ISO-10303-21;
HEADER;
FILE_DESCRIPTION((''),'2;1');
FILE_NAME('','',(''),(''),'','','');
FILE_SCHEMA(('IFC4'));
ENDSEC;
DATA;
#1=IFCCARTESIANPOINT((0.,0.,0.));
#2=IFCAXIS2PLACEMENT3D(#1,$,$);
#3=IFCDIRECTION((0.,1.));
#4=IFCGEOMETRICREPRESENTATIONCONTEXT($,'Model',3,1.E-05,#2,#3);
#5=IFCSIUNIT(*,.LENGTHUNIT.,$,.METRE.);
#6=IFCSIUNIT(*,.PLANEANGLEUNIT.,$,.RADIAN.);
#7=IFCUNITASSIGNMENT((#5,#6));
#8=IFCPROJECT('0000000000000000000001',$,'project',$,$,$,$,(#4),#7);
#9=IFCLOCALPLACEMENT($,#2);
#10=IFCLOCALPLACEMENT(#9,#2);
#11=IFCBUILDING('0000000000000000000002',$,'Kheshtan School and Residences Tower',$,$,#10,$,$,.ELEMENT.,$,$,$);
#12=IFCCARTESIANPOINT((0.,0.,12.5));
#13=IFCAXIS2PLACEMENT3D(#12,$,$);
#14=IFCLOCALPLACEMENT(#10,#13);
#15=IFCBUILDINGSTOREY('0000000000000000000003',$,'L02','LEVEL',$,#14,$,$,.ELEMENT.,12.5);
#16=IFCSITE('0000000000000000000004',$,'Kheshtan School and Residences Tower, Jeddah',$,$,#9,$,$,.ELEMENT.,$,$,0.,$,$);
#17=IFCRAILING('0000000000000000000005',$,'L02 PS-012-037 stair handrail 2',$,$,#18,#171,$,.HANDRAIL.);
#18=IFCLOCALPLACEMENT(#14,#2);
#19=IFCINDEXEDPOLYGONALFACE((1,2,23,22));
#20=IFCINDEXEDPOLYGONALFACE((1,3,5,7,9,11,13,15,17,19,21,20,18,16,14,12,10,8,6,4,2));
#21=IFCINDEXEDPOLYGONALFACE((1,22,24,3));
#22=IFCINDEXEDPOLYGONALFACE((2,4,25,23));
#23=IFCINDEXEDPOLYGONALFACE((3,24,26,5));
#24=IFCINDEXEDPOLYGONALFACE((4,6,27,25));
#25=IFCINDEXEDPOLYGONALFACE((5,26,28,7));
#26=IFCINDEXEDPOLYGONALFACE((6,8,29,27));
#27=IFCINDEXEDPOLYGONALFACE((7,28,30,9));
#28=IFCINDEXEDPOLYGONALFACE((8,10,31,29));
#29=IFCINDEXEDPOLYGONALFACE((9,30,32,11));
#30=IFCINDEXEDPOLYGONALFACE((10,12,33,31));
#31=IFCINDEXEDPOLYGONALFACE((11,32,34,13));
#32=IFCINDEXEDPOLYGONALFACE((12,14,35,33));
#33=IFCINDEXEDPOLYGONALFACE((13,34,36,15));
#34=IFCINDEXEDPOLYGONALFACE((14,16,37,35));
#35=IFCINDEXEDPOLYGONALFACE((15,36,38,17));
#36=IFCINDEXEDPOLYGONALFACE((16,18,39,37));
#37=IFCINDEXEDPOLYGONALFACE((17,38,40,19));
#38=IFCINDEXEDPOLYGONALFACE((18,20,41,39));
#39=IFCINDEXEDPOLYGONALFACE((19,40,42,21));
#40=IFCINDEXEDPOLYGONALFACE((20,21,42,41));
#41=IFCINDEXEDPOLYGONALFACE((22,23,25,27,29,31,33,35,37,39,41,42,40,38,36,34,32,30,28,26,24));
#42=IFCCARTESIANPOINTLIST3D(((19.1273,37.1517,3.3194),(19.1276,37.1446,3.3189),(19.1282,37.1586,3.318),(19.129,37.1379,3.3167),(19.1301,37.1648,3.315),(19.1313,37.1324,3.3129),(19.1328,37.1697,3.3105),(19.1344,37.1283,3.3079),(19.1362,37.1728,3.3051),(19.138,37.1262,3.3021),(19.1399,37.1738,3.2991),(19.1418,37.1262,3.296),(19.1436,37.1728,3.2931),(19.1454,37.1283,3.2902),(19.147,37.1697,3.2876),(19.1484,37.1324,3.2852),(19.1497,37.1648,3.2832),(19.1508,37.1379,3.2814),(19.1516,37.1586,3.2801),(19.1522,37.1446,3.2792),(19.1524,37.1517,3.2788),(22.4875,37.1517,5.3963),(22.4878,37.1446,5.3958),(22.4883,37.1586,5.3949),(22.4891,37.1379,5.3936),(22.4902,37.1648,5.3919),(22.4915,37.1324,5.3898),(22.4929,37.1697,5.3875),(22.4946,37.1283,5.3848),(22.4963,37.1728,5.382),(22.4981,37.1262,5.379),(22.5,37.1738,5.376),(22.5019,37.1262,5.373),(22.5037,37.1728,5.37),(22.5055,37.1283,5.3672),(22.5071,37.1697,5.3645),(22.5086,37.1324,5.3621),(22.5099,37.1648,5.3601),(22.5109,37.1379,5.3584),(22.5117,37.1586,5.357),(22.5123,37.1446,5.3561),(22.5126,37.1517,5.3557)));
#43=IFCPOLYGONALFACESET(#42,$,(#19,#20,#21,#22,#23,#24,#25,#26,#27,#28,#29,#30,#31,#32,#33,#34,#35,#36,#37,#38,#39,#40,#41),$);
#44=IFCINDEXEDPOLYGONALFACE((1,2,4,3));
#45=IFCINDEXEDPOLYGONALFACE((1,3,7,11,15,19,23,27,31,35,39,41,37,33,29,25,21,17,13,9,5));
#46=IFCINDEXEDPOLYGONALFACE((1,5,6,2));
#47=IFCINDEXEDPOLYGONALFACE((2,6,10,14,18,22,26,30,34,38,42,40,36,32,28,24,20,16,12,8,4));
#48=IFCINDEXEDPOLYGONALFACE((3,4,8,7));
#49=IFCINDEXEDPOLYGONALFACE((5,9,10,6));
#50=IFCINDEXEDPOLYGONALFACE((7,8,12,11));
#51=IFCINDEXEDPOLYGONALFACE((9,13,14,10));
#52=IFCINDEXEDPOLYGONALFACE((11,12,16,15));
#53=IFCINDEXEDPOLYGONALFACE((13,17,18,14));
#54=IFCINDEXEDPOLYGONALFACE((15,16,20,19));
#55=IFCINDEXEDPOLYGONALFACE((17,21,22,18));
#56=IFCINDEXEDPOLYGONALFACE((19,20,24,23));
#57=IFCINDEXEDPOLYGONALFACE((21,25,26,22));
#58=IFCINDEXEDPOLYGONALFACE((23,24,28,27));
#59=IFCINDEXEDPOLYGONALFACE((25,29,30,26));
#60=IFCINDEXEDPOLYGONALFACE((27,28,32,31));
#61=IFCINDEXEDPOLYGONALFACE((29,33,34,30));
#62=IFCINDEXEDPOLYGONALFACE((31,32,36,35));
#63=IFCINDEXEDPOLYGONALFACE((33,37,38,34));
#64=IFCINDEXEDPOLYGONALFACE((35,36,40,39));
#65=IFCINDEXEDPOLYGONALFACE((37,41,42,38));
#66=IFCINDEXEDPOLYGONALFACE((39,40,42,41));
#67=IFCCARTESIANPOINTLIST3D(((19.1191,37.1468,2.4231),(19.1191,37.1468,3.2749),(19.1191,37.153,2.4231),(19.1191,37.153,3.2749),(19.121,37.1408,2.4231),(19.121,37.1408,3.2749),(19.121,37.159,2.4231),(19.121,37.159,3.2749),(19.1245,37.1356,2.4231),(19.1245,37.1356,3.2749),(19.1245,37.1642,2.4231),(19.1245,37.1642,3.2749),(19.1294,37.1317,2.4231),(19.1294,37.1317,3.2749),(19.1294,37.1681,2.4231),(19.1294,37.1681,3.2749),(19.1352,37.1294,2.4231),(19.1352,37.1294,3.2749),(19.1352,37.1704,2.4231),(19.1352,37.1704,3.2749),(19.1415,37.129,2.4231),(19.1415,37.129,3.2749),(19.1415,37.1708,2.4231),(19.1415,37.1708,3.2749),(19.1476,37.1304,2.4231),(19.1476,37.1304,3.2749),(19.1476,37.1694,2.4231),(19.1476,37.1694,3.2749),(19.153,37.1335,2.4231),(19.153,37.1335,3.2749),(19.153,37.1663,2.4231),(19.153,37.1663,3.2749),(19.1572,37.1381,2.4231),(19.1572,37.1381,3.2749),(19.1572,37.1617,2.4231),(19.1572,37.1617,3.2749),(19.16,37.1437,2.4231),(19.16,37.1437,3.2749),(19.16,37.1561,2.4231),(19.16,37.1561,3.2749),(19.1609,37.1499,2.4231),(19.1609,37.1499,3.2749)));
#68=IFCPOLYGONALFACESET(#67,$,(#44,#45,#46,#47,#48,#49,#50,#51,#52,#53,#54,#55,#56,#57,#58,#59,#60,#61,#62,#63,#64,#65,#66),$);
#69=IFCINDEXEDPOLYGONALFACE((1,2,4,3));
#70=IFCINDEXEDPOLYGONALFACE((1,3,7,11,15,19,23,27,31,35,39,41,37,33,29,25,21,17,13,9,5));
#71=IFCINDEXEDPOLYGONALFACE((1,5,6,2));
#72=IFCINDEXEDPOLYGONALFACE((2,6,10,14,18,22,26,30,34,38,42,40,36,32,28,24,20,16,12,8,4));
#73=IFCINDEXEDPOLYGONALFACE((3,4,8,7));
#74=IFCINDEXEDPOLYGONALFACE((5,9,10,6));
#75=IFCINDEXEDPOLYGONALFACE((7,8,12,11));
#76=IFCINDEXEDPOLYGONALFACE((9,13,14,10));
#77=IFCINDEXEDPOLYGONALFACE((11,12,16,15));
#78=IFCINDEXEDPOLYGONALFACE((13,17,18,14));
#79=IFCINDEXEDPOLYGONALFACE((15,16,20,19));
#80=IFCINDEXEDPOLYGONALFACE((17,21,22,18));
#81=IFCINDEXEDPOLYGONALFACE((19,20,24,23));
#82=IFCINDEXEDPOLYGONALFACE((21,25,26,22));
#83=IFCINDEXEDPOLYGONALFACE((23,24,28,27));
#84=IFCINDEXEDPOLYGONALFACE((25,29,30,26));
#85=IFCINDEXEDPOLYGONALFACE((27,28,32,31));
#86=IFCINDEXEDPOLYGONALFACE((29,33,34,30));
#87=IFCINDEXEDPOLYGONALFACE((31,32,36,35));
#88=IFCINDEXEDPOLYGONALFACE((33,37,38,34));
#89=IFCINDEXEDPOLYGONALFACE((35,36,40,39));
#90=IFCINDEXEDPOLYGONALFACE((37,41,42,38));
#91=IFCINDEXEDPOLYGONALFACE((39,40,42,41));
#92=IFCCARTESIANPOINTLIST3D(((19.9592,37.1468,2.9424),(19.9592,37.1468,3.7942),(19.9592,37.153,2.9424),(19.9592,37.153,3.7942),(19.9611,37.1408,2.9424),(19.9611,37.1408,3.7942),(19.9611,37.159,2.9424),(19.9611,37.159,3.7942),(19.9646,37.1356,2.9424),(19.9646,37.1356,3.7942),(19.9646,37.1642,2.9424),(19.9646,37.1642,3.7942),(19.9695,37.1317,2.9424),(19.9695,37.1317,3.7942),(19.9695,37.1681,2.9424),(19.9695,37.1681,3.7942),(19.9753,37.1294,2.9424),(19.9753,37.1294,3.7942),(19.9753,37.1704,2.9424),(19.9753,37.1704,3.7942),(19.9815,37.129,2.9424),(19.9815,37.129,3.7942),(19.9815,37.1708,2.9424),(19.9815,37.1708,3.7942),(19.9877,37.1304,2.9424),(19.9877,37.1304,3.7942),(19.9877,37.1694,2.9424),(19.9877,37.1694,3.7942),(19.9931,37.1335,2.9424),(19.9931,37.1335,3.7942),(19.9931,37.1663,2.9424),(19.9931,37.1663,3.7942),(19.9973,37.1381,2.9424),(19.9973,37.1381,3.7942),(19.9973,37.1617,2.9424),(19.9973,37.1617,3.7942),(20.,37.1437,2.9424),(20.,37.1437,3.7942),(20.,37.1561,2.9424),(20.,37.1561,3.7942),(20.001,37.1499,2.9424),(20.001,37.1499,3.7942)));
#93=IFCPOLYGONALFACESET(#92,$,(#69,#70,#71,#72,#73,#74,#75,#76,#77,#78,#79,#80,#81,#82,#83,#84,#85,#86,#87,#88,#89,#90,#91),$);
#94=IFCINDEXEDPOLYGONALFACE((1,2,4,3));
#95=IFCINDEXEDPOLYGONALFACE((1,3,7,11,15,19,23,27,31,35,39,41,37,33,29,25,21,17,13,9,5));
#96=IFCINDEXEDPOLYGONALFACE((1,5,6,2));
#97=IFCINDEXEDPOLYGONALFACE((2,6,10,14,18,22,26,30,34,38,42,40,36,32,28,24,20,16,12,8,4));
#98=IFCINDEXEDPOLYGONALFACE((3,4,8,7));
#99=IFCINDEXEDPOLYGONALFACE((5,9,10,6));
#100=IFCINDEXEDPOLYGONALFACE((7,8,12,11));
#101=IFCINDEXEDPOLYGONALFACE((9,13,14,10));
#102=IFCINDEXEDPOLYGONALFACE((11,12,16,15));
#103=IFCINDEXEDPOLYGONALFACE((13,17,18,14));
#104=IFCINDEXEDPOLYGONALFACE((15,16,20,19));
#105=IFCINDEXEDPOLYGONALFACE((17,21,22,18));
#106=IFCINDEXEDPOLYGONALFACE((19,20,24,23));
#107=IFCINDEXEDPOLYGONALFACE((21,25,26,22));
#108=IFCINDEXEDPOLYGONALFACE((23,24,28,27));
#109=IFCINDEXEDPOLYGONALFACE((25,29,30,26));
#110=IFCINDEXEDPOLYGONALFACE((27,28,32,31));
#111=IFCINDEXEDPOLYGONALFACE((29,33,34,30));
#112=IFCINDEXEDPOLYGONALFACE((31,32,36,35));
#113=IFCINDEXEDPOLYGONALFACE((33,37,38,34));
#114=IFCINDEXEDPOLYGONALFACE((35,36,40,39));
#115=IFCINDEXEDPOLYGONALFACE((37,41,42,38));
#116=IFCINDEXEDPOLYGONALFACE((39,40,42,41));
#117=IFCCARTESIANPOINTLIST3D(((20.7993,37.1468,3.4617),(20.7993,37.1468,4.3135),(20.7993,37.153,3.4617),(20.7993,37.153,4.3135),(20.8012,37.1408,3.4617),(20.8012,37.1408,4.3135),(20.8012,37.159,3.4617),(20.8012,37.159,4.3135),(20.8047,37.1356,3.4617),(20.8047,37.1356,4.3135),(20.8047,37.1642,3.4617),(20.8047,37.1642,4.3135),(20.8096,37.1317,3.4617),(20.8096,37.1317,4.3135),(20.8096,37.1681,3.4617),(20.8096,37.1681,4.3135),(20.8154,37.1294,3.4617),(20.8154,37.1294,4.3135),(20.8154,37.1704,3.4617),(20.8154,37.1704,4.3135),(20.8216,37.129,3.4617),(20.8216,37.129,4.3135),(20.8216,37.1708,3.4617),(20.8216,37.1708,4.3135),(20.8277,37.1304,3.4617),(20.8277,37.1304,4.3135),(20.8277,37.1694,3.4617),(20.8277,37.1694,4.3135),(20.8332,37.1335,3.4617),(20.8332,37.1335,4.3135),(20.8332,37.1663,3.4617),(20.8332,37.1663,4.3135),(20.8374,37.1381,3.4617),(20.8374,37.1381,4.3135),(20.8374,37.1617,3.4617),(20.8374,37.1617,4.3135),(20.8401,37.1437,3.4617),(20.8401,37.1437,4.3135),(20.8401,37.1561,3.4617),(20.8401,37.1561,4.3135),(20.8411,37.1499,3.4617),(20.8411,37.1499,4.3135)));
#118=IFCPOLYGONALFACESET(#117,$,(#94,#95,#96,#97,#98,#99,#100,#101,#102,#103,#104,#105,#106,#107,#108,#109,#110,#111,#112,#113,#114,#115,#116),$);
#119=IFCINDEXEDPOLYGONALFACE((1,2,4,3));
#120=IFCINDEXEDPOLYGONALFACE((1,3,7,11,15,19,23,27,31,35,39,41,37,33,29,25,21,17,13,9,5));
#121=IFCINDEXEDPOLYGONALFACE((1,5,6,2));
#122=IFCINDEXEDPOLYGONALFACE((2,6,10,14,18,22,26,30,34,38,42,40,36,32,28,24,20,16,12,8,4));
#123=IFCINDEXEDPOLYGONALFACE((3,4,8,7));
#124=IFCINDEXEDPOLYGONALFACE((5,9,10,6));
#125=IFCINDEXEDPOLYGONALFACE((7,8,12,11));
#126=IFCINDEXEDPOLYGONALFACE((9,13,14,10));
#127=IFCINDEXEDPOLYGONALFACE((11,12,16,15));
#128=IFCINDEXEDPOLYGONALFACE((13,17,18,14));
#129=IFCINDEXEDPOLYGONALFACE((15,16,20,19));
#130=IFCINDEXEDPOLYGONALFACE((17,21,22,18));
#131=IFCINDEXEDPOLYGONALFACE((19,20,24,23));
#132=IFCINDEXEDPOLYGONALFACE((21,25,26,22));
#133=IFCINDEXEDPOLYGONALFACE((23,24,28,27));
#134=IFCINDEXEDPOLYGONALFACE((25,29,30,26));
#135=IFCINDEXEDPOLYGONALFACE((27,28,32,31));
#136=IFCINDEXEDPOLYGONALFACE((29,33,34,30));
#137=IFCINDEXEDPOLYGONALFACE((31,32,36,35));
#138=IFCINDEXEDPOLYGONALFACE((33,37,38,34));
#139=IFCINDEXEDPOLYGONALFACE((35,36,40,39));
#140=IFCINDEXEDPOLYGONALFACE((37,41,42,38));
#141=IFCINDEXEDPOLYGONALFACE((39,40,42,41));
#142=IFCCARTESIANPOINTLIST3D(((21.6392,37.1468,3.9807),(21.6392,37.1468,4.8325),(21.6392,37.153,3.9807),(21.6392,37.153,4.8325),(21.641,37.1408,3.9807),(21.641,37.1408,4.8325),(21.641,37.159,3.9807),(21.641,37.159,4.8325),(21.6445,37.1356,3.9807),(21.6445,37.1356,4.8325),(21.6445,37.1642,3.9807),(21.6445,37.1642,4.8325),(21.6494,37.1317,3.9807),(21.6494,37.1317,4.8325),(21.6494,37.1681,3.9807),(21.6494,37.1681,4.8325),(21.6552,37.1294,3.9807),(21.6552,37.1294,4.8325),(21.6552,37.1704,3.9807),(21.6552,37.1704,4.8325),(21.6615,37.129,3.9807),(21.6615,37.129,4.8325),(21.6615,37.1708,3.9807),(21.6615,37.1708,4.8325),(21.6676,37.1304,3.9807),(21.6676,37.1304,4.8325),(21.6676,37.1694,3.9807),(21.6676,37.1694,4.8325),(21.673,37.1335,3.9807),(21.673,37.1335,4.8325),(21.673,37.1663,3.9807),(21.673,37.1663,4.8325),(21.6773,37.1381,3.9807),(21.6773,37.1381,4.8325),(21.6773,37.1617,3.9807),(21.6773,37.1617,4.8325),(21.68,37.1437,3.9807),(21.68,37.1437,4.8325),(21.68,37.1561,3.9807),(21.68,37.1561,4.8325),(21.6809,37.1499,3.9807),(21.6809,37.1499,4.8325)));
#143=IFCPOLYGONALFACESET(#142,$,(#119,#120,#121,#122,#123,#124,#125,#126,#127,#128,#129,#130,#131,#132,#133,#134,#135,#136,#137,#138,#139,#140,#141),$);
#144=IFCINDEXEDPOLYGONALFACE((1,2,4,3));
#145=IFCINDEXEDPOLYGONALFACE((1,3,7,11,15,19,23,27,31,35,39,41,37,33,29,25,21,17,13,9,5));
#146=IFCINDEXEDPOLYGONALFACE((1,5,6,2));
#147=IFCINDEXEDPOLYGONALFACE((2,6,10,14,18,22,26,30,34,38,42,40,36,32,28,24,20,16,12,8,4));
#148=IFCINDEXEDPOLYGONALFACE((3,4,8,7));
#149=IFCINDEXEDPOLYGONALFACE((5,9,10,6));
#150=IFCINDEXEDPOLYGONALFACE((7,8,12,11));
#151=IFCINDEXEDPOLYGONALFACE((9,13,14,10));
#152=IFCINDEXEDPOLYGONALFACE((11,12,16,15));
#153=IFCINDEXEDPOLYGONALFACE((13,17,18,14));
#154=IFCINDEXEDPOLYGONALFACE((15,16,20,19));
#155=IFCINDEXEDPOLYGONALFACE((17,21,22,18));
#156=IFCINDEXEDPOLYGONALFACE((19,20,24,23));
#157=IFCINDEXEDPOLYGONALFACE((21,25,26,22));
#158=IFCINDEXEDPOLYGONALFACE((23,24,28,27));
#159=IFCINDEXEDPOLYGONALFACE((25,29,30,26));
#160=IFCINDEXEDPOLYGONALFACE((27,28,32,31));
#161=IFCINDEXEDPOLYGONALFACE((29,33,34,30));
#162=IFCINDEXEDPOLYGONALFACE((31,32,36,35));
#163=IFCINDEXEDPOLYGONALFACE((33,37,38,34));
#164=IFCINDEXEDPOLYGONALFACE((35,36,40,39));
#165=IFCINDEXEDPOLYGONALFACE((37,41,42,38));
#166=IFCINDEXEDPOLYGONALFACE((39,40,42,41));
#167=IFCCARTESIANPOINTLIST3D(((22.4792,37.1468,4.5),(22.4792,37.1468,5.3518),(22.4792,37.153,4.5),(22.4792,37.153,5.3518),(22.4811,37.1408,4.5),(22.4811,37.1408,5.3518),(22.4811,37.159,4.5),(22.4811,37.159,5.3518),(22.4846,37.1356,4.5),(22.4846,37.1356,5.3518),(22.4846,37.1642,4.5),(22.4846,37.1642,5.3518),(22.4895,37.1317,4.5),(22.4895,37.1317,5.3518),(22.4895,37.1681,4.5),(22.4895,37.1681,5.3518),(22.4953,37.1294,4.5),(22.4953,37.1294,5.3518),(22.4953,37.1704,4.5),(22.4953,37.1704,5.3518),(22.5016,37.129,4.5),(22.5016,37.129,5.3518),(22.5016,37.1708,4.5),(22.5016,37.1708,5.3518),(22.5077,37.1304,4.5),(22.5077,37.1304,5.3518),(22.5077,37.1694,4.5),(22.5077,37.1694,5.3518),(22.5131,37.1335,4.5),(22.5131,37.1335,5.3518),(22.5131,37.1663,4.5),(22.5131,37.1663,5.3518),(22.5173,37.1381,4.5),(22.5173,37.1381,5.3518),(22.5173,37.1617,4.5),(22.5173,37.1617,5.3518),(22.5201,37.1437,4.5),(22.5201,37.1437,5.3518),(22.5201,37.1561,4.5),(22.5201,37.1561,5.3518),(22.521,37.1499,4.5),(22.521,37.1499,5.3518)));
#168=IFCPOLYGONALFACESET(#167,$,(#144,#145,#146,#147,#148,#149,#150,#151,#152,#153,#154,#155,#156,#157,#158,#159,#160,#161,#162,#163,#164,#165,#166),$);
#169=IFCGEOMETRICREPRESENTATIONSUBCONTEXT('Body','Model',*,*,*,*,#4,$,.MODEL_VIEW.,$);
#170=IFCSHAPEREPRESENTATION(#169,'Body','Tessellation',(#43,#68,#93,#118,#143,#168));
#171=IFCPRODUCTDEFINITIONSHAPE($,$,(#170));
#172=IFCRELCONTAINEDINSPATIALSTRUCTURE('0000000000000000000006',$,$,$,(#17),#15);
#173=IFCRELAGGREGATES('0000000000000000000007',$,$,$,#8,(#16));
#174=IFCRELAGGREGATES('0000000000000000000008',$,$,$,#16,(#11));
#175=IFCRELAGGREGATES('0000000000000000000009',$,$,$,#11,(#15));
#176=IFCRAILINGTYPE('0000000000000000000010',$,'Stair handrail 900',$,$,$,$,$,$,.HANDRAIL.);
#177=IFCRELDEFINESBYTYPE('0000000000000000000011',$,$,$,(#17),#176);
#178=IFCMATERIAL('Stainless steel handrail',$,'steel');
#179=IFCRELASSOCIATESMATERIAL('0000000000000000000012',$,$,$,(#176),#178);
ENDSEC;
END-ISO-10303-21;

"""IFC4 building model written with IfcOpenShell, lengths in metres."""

from ifc_helpers import new_model, si_unit, direction, frame, origin, origin_2d, place, context, subcontext, project, spatial, circle, extrude, material, type_object, element, save


model = new_model("IFC4")

# Units and contexts
model_context = context("Model", 3, precision=1e-05, world=origin(), true_north=direction((0.0, 1.0)))
body_context = subcontext(model_context, "Body", "Model", "MODEL_VIEW")
ifc_project = project(units=[si_unit("LENGTHUNIT", "METRE"), si_unit("PLANEANGLEUNIT", "RADIAN")], contexts=[model_context])

# Site, building, storey
site_placement = place(None, origin())
site = spatial("IfcSite", under=ifc_project, at=site_placement, Name="Kheshtan School and Residences Tower, Jeddah", CompositionType="ELEMENT", RefElevation=0.0)
building_placement = place(site_placement, origin())
building = spatial("IfcBuilding", under=site, at=building_placement, Name="Kheshtan School and Residences Tower", CompositionType="ELEMENT")
storey_placement = place(building_placement, frame((0.0, 0.0, 12.5)))
storey = spatial("IfcBuildingStorey", under=building, at=storey_placement, Name="L02", Description="LEVEL", CompositionType="ELEMENT", Elevation=12.5)

# Railing
ifc_material_1 = material(Name="Stainless steel handrail", Category="steel")
railing_type_1 = type_object("IfcRailingType", Name="Stair handrail 900", PredefinedType="HANDRAIL", material=ifc_material_1)
railing_1_placement = place(storey_placement, frame((19.1399, 37.1499, 2.4231)))
element("IfcRailing", 1, at=railing_1_placement, inside=storey, type_object=railing_type_1, Name="L02 PS-012-037 stair handrail 2", PredefinedType="HANDRAIL", context=body_context, shape_type="SweptSolid", body=[
    extrude(circle(Radius=0.0239, at=origin_2d()), frame((0.0, 0.0, 0.876), z_axis=(0.850623, 0.0, 0.525776), x_axis=(0.0, 1.0, 0.0)), (0.0, 0.0, 1.0), 3.9502),
    extrude(circle(Radius=0.021, at=origin_2d()), origin(), (0.0, 0.0, 1.0), 0.8518),
    extrude(circle(Radius=0.021, at=origin_2d()), frame((0.8401, 0.0, 0.5193)), (0.0, 0.0, 1.0), 0.8518),
    extrude(circle(Radius=0.021, at=origin_2d()), frame((1.6802, 0.0, 1.0386)), (0.0, 0.0, 1.0), 0.8518),
    extrude(circle(Radius=0.021, at=origin_2d()), frame((2.52, 0.0, 1.5576)), (0.0, 0.0, 1.0), 0.8518),
    extrude(circle(Radius=0.021, at=origin_2d()), frame((3.3601, 0.0, 2.0769)), (0.0, 0.0, 1.0), 0.8518),
])

save(model, "model.ifc")
